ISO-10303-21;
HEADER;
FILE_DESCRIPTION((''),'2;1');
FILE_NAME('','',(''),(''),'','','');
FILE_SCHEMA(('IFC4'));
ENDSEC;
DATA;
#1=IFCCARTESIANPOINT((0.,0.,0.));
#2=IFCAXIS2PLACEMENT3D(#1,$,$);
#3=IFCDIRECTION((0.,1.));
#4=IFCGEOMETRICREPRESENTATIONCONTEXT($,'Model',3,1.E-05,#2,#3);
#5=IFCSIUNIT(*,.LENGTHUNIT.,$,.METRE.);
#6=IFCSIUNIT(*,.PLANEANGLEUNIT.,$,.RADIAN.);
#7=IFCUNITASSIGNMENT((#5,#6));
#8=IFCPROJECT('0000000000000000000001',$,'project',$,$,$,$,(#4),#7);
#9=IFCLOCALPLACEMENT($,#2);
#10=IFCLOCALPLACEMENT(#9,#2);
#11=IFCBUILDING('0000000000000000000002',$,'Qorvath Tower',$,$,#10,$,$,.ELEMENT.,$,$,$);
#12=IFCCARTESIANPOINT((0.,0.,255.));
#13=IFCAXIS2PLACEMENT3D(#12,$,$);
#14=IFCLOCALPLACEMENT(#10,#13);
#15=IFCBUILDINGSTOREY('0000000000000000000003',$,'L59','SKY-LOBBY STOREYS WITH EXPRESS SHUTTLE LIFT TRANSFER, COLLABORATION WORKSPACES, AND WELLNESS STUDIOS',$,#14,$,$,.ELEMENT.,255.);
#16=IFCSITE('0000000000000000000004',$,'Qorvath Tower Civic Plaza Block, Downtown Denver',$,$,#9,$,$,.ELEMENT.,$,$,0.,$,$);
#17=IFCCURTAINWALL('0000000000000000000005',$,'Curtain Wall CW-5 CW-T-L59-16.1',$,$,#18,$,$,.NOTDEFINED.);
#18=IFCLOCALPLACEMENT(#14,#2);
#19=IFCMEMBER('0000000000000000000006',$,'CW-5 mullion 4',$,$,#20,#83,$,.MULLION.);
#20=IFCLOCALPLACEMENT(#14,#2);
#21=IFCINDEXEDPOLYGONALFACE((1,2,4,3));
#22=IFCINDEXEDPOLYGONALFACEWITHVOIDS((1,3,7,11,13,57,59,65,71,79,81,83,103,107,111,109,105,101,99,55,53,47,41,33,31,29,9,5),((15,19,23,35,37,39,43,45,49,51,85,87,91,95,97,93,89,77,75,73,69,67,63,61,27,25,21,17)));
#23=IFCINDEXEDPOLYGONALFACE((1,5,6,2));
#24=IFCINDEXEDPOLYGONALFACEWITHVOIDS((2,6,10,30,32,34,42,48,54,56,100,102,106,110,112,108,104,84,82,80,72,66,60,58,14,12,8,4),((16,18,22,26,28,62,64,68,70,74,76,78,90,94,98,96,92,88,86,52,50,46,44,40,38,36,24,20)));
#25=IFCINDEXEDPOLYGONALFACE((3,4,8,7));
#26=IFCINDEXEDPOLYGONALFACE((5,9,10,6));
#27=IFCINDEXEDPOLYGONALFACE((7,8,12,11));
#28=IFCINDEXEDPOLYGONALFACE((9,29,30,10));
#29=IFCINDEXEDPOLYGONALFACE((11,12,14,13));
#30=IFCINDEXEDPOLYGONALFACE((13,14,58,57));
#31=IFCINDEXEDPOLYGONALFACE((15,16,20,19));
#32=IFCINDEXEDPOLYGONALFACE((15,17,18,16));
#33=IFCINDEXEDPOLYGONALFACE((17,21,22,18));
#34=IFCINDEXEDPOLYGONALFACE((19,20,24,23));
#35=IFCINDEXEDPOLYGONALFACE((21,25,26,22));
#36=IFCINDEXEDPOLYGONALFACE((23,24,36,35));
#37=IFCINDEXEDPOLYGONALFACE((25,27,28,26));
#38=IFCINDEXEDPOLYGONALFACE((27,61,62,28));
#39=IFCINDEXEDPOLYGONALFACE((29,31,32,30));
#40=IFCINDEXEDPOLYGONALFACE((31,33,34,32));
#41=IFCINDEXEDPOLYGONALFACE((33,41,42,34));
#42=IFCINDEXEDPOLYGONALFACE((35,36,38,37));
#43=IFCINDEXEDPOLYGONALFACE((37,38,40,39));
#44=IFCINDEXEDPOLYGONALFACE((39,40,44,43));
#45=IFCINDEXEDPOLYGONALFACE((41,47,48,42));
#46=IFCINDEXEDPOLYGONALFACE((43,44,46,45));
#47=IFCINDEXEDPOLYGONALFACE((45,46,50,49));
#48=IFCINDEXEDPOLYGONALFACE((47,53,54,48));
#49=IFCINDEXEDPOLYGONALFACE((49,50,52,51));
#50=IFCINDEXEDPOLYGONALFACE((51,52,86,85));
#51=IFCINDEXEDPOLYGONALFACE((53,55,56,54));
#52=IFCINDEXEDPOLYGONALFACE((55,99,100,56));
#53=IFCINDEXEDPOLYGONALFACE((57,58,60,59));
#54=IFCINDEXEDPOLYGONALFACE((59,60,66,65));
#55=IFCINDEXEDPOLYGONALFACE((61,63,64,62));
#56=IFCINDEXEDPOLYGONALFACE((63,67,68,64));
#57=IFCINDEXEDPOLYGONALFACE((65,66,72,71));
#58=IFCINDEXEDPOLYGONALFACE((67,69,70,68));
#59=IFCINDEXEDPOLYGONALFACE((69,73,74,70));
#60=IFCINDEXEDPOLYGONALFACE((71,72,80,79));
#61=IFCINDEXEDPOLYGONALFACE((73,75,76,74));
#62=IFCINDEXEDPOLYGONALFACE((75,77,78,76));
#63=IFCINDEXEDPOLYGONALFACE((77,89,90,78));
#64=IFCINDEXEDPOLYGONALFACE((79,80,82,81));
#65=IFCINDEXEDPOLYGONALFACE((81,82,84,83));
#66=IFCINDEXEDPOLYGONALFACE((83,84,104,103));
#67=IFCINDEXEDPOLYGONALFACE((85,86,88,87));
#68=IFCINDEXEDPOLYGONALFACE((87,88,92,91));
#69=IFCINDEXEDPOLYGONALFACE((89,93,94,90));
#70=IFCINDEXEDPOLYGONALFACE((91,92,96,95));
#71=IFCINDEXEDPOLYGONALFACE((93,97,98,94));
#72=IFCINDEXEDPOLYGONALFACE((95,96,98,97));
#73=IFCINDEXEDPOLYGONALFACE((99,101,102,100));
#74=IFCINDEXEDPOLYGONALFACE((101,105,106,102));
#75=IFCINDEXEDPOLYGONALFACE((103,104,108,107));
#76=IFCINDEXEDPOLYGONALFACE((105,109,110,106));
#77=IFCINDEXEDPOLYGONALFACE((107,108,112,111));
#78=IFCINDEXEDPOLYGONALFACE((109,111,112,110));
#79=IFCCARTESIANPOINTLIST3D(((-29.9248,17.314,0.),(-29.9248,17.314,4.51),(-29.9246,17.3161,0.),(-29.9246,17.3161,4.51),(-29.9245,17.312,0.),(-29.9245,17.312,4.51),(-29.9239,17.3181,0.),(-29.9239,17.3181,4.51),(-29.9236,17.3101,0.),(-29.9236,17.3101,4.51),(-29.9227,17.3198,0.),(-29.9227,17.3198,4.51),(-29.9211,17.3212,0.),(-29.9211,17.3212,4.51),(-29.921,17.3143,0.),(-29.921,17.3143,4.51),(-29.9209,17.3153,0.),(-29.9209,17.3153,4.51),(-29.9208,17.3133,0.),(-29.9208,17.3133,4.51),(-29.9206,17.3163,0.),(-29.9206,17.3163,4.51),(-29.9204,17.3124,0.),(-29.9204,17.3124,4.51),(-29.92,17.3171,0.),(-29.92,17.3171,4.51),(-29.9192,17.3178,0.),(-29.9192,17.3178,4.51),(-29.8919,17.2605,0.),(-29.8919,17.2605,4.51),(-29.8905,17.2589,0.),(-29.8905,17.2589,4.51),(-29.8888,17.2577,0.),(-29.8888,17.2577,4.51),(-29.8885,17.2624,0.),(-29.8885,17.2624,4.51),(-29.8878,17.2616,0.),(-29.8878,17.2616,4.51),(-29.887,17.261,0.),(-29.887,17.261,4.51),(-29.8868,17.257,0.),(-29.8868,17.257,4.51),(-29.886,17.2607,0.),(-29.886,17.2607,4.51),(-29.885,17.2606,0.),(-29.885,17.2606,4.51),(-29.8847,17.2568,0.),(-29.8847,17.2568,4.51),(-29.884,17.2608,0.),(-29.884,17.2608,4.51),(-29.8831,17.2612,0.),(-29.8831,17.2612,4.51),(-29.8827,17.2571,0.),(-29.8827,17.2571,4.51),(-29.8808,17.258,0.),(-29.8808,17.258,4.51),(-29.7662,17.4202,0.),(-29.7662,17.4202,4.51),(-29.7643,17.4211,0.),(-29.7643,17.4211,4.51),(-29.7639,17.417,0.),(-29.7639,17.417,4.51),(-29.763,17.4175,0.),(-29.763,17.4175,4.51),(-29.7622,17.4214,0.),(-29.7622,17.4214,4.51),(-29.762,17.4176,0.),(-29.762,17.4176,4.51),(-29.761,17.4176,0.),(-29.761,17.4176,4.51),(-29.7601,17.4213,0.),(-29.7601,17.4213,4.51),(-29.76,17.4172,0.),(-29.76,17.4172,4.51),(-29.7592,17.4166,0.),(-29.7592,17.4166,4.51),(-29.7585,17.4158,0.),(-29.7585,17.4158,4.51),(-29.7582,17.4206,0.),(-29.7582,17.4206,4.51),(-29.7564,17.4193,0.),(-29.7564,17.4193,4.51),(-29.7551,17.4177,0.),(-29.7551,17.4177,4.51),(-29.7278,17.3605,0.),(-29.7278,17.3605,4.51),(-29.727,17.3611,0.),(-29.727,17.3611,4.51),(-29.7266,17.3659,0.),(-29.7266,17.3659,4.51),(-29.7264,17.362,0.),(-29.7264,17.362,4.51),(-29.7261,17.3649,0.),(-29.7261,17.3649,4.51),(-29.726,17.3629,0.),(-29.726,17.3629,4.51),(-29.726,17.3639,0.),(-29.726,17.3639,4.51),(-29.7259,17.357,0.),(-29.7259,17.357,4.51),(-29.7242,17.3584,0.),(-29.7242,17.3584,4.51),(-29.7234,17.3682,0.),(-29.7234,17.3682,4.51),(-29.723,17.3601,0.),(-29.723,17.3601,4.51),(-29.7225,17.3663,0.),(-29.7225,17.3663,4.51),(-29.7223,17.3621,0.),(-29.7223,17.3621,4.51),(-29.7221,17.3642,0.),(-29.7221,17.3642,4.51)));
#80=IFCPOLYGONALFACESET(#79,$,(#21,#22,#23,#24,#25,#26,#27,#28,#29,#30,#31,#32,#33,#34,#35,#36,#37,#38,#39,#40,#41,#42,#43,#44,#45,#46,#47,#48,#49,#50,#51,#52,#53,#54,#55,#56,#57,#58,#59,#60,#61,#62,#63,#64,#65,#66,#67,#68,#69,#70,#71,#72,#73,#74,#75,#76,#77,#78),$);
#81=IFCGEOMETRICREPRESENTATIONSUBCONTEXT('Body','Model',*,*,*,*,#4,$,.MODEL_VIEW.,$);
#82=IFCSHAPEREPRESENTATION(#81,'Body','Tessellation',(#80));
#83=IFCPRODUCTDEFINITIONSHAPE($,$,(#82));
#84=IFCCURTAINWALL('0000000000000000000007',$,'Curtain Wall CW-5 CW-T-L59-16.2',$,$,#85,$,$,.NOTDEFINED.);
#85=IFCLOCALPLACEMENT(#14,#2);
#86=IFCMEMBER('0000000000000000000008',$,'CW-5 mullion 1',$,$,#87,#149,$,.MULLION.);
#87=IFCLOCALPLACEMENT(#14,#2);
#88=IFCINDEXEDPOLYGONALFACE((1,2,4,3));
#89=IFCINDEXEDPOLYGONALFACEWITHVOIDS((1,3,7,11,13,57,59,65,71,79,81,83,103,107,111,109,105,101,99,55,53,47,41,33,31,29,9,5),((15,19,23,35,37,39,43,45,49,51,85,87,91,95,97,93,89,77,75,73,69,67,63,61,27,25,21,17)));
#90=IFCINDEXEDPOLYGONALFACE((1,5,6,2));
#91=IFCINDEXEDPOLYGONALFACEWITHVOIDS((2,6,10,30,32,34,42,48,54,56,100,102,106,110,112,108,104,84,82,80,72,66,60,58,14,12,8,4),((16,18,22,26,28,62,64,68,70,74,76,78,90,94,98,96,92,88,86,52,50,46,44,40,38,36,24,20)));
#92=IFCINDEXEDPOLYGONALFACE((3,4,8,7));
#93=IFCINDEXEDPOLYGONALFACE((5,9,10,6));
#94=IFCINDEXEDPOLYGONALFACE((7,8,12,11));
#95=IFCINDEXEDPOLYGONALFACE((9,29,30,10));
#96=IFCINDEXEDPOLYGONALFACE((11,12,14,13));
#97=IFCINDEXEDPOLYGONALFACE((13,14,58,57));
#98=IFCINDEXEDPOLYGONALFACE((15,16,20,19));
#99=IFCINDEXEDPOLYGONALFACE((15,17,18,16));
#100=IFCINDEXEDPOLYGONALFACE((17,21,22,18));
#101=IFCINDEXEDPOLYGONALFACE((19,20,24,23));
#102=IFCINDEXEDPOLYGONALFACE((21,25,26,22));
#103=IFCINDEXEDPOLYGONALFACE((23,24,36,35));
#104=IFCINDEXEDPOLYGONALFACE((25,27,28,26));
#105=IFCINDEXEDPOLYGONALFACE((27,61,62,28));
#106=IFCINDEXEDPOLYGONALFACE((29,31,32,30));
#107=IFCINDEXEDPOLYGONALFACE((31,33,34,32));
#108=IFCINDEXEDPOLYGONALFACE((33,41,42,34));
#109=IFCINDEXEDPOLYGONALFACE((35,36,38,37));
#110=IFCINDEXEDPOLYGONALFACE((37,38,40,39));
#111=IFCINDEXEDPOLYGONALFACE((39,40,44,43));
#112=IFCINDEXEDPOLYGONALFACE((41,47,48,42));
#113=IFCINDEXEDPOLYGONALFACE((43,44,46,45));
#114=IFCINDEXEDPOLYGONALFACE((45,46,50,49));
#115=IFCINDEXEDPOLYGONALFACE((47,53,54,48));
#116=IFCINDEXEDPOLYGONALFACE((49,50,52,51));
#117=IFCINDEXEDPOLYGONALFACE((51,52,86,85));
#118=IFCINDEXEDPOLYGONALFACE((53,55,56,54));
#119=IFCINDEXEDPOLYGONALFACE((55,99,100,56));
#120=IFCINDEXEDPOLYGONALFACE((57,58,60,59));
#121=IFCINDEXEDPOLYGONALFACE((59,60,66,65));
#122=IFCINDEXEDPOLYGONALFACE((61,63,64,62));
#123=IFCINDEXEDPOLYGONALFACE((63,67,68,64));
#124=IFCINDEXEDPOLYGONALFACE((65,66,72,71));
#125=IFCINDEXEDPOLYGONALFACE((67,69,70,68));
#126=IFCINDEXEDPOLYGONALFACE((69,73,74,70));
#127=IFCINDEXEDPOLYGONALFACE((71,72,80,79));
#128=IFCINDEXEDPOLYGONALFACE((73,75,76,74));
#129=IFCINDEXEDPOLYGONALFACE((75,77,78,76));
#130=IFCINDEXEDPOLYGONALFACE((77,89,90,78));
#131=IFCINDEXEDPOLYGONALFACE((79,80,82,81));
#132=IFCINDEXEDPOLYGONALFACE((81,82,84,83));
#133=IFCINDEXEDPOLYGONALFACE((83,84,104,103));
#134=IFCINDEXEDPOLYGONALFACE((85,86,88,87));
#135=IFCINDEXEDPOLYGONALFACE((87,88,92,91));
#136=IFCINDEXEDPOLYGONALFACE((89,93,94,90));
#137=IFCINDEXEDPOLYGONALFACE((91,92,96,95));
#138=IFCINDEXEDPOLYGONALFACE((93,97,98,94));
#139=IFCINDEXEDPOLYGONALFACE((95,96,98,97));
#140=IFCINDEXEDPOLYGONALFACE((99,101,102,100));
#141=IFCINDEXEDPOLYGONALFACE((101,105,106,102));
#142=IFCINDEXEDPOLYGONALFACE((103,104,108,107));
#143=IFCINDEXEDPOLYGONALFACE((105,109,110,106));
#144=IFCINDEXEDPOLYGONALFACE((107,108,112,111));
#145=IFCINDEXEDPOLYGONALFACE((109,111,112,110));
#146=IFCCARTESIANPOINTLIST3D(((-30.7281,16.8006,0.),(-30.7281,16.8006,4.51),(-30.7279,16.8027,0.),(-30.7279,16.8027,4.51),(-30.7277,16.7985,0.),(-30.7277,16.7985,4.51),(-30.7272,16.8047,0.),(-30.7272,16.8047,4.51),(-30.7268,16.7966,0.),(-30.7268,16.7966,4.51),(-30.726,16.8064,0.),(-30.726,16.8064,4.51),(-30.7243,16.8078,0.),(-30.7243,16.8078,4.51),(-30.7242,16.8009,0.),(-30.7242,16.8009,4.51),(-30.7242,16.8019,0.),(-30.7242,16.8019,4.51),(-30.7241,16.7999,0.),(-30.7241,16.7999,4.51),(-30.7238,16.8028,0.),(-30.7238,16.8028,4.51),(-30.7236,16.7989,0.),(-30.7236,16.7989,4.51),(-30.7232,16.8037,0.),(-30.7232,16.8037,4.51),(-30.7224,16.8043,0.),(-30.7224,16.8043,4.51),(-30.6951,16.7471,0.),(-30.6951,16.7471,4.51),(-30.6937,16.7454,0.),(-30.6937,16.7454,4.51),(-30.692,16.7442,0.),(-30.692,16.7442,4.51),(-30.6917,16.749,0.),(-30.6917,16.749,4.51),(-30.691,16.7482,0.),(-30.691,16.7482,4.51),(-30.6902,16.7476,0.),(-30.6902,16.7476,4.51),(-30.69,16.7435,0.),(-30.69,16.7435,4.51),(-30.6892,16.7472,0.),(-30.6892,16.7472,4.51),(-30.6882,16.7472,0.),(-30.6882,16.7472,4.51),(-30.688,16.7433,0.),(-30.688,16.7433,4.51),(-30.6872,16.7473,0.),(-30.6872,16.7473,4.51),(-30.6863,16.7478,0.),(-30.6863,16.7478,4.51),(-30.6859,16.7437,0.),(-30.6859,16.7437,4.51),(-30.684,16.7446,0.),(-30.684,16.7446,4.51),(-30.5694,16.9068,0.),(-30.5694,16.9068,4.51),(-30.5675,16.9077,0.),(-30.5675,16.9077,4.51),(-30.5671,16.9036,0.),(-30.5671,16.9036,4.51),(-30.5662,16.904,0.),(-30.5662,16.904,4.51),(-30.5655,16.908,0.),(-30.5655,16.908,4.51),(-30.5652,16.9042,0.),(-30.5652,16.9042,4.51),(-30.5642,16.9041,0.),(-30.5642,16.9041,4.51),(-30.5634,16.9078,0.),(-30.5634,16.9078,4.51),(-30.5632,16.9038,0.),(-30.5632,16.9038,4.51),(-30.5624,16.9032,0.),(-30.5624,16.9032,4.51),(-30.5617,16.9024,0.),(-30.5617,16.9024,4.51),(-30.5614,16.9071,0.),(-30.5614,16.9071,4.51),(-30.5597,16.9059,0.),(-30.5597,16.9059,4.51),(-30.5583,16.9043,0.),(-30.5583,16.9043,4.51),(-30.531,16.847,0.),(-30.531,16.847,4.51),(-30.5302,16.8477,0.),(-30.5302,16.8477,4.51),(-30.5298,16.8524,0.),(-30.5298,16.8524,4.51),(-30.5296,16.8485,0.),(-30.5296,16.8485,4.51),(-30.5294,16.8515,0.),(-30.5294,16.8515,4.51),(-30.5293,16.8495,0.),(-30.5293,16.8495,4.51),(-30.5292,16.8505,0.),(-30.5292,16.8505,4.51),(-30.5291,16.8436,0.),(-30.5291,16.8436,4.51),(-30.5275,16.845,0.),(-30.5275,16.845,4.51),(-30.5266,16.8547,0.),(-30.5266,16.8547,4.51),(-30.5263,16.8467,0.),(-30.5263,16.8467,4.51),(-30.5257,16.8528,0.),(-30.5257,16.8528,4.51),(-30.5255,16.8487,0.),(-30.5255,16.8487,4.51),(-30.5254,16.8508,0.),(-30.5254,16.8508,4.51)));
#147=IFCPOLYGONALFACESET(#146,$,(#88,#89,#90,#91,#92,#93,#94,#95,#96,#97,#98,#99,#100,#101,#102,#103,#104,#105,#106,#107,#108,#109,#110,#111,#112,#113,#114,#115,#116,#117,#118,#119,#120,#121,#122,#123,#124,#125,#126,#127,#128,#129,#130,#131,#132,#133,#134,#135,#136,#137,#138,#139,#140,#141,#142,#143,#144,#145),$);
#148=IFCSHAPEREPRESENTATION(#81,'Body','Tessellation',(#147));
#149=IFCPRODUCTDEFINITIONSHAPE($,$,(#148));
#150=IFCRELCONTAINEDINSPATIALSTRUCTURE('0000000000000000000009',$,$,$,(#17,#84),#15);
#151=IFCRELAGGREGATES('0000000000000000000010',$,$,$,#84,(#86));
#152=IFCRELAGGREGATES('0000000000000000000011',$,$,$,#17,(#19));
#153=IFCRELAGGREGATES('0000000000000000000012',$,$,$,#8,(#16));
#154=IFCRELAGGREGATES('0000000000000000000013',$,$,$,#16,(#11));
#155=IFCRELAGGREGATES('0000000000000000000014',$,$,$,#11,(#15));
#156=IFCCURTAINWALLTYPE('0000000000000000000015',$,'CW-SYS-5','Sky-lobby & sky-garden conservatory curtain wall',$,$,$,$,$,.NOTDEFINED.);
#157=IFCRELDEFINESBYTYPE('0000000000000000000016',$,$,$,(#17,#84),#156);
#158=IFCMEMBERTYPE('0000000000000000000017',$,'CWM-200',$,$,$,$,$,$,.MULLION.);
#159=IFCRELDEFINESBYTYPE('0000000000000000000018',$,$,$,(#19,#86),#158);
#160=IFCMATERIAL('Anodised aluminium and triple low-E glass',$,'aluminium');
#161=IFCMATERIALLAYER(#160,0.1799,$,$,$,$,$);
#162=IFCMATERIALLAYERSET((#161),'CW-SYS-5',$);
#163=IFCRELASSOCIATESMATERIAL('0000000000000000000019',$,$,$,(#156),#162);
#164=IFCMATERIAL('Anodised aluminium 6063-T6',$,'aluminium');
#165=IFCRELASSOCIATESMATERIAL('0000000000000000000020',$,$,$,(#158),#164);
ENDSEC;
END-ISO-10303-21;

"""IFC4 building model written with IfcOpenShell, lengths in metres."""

from ifc_helpers import new_model, si_unit, direction, frame, origin, origin_2d, place, context, subcontext, project, spatial, hollow_rectangle, extrude, material, layer, layer_set, material_profile, profile_set, type_object, element, aggregate, save


model = new_model("IFC4")

# Units and contexts
model_context = context("Model", 3, precision=1e-05, world=origin(), true_north=direction((0.0, 1.0)))
body_context = subcontext(model_context, "Body", "Model", "MODEL_VIEW")
ifc_project = project(units=[si_unit("LENGTHUNIT", "METRE"), si_unit("PLANEANGLEUNIT", "RADIAN")], contexts=[model_context])

# Site, building, storey
site_placement = place(None, origin())
site = spatial("IfcSite", under=ifc_project, at=site_placement, Name="Qorvath Tower Civic Plaza Block, Downtown Denver", CompositionType="ELEMENT", RefElevation=0.0)
building_placement = place(site_placement, origin())
building = spatial("IfcBuilding", under=site, at=building_placement, Name="Qorvath Tower", CompositionType="ELEMENT")
storey_placement = place(building_placement, frame((0.0, 0.0, 255.0)))
storey = spatial("IfcBuildingStorey", under=building, at=storey_placement, Name="L59", Description="SKY-LOBBY STOREYS WITH EXPRESS SHUTTLE LIFT TRANSFER, COLLABORATION WORKSPACES, AND WELLNESS STUDIOS", CompositionType="ELEMENT", Elevation=255.0)

# Curtain wall, member
ifc_material_1 = material(Name="Anodised aluminium and triple low-E glass", Category="aluminium")
ifc_layer_1 = layer(ifc_material_1, 0.1799)
ifc_layer_set_1 = layer_set([ifc_layer_1], Name="CW-SYS-5")
curtain_wall_type = type_object("IfcCurtainWallType", Name="CW-SYS-5", Description="Sky-lobby & sky-garden conservatory curtain wall", PredefinedType="NOTDEFINED", material=ifc_layer_set_1)
curtain_wall_1_placement = place(storey_placement, origin())
curtain_wall_1 = element("IfcCurtainWall", 1, at=curtain_wall_1_placement, inside=storey, type_object=curtain_wall_type, Name="Curtain Wall CW-5 CW-T-L59-16.1", PredefinedType="NOTDEFINED")
ifc_material_2 = material(Name="Anodised aluminium 6063-T6", Category="aluminium")
ifc_material_profile_1 = material_profile(ifc_material_2, hollow_rectangle(XDim=0.075, YDim=0.2, WallThickness=0.0039, InnerFilletRadius=0.0039, OuterFilletRadius=0.0081, at=origin_2d()), Name="CWM 200x75")
ifc_profile_set_1 = profile_set([ifc_material_profile_1], Name="Anodised aluminium 6063-T6")
member_type_1 = type_object("IfcMemberType", Name="CWM-200", PredefinedType="MULLION", material=ifc_profile_set_1)
member_1_placement = place(storey_placement, frame((-29.8235, 17.3391, 0.0), z_axis=(0.0, 0.0, 1.0), x_axis=(0.538535, -0.842603, 0.0)))
member_1 = element("IfcMember", 2, at=member_1_placement, type_object=member_type_1, Name="CW-5 mullion 4", PredefinedType="MULLION", context=body_context, shape_type="SweptSolid", body=[
    extrude(hollow_rectangle(XDim=0.075, YDim=0.2, WallThickness=0.0039, InnerFilletRadius=0.0039, OuterFilletRadius=0.0081, at=origin_2d()), origin(), (0.0, 0.0, 1.0), 4.51),
])

# Curtain wall, member
curtain_wall_2_placement = place(storey_placement, origin())
curtain_wall_2 = element("IfcCurtainWall", 3, at=curtain_wall_2_placement, inside=storey, type_object=curtain_wall_type, Name="Curtain Wall CW-5 CW-T-L59-16.2", PredefinedType="NOTDEFINED")
member_2_placement = place(storey_placement, frame((-30.6267, 16.8257, 0.0), z_axis=(0.0, 0.0, 1.0), x_axis=(0.538555, -0.84259, 0.0)))
member_2 = element("IfcMember", 4, at=member_2_placement, type_object=member_type_1, Name="CW-5 mullion 1", PredefinedType="MULLION", context=body_context, shape_type="SweptSolid", body=[
    extrude(hollow_rectangle(XDim=0.075, YDim=0.2, WallThickness=0.0039, InnerFilletRadius=0.0039, OuterFilletRadius=0.0081, at=origin_2d()), origin(), (0.0, 0.0, 1.0), 4.51),
])

aggregate(curtain_wall_2, [member_2])

aggregate(curtain_wall_1, [member_1])

save(model, "model.ifc")
